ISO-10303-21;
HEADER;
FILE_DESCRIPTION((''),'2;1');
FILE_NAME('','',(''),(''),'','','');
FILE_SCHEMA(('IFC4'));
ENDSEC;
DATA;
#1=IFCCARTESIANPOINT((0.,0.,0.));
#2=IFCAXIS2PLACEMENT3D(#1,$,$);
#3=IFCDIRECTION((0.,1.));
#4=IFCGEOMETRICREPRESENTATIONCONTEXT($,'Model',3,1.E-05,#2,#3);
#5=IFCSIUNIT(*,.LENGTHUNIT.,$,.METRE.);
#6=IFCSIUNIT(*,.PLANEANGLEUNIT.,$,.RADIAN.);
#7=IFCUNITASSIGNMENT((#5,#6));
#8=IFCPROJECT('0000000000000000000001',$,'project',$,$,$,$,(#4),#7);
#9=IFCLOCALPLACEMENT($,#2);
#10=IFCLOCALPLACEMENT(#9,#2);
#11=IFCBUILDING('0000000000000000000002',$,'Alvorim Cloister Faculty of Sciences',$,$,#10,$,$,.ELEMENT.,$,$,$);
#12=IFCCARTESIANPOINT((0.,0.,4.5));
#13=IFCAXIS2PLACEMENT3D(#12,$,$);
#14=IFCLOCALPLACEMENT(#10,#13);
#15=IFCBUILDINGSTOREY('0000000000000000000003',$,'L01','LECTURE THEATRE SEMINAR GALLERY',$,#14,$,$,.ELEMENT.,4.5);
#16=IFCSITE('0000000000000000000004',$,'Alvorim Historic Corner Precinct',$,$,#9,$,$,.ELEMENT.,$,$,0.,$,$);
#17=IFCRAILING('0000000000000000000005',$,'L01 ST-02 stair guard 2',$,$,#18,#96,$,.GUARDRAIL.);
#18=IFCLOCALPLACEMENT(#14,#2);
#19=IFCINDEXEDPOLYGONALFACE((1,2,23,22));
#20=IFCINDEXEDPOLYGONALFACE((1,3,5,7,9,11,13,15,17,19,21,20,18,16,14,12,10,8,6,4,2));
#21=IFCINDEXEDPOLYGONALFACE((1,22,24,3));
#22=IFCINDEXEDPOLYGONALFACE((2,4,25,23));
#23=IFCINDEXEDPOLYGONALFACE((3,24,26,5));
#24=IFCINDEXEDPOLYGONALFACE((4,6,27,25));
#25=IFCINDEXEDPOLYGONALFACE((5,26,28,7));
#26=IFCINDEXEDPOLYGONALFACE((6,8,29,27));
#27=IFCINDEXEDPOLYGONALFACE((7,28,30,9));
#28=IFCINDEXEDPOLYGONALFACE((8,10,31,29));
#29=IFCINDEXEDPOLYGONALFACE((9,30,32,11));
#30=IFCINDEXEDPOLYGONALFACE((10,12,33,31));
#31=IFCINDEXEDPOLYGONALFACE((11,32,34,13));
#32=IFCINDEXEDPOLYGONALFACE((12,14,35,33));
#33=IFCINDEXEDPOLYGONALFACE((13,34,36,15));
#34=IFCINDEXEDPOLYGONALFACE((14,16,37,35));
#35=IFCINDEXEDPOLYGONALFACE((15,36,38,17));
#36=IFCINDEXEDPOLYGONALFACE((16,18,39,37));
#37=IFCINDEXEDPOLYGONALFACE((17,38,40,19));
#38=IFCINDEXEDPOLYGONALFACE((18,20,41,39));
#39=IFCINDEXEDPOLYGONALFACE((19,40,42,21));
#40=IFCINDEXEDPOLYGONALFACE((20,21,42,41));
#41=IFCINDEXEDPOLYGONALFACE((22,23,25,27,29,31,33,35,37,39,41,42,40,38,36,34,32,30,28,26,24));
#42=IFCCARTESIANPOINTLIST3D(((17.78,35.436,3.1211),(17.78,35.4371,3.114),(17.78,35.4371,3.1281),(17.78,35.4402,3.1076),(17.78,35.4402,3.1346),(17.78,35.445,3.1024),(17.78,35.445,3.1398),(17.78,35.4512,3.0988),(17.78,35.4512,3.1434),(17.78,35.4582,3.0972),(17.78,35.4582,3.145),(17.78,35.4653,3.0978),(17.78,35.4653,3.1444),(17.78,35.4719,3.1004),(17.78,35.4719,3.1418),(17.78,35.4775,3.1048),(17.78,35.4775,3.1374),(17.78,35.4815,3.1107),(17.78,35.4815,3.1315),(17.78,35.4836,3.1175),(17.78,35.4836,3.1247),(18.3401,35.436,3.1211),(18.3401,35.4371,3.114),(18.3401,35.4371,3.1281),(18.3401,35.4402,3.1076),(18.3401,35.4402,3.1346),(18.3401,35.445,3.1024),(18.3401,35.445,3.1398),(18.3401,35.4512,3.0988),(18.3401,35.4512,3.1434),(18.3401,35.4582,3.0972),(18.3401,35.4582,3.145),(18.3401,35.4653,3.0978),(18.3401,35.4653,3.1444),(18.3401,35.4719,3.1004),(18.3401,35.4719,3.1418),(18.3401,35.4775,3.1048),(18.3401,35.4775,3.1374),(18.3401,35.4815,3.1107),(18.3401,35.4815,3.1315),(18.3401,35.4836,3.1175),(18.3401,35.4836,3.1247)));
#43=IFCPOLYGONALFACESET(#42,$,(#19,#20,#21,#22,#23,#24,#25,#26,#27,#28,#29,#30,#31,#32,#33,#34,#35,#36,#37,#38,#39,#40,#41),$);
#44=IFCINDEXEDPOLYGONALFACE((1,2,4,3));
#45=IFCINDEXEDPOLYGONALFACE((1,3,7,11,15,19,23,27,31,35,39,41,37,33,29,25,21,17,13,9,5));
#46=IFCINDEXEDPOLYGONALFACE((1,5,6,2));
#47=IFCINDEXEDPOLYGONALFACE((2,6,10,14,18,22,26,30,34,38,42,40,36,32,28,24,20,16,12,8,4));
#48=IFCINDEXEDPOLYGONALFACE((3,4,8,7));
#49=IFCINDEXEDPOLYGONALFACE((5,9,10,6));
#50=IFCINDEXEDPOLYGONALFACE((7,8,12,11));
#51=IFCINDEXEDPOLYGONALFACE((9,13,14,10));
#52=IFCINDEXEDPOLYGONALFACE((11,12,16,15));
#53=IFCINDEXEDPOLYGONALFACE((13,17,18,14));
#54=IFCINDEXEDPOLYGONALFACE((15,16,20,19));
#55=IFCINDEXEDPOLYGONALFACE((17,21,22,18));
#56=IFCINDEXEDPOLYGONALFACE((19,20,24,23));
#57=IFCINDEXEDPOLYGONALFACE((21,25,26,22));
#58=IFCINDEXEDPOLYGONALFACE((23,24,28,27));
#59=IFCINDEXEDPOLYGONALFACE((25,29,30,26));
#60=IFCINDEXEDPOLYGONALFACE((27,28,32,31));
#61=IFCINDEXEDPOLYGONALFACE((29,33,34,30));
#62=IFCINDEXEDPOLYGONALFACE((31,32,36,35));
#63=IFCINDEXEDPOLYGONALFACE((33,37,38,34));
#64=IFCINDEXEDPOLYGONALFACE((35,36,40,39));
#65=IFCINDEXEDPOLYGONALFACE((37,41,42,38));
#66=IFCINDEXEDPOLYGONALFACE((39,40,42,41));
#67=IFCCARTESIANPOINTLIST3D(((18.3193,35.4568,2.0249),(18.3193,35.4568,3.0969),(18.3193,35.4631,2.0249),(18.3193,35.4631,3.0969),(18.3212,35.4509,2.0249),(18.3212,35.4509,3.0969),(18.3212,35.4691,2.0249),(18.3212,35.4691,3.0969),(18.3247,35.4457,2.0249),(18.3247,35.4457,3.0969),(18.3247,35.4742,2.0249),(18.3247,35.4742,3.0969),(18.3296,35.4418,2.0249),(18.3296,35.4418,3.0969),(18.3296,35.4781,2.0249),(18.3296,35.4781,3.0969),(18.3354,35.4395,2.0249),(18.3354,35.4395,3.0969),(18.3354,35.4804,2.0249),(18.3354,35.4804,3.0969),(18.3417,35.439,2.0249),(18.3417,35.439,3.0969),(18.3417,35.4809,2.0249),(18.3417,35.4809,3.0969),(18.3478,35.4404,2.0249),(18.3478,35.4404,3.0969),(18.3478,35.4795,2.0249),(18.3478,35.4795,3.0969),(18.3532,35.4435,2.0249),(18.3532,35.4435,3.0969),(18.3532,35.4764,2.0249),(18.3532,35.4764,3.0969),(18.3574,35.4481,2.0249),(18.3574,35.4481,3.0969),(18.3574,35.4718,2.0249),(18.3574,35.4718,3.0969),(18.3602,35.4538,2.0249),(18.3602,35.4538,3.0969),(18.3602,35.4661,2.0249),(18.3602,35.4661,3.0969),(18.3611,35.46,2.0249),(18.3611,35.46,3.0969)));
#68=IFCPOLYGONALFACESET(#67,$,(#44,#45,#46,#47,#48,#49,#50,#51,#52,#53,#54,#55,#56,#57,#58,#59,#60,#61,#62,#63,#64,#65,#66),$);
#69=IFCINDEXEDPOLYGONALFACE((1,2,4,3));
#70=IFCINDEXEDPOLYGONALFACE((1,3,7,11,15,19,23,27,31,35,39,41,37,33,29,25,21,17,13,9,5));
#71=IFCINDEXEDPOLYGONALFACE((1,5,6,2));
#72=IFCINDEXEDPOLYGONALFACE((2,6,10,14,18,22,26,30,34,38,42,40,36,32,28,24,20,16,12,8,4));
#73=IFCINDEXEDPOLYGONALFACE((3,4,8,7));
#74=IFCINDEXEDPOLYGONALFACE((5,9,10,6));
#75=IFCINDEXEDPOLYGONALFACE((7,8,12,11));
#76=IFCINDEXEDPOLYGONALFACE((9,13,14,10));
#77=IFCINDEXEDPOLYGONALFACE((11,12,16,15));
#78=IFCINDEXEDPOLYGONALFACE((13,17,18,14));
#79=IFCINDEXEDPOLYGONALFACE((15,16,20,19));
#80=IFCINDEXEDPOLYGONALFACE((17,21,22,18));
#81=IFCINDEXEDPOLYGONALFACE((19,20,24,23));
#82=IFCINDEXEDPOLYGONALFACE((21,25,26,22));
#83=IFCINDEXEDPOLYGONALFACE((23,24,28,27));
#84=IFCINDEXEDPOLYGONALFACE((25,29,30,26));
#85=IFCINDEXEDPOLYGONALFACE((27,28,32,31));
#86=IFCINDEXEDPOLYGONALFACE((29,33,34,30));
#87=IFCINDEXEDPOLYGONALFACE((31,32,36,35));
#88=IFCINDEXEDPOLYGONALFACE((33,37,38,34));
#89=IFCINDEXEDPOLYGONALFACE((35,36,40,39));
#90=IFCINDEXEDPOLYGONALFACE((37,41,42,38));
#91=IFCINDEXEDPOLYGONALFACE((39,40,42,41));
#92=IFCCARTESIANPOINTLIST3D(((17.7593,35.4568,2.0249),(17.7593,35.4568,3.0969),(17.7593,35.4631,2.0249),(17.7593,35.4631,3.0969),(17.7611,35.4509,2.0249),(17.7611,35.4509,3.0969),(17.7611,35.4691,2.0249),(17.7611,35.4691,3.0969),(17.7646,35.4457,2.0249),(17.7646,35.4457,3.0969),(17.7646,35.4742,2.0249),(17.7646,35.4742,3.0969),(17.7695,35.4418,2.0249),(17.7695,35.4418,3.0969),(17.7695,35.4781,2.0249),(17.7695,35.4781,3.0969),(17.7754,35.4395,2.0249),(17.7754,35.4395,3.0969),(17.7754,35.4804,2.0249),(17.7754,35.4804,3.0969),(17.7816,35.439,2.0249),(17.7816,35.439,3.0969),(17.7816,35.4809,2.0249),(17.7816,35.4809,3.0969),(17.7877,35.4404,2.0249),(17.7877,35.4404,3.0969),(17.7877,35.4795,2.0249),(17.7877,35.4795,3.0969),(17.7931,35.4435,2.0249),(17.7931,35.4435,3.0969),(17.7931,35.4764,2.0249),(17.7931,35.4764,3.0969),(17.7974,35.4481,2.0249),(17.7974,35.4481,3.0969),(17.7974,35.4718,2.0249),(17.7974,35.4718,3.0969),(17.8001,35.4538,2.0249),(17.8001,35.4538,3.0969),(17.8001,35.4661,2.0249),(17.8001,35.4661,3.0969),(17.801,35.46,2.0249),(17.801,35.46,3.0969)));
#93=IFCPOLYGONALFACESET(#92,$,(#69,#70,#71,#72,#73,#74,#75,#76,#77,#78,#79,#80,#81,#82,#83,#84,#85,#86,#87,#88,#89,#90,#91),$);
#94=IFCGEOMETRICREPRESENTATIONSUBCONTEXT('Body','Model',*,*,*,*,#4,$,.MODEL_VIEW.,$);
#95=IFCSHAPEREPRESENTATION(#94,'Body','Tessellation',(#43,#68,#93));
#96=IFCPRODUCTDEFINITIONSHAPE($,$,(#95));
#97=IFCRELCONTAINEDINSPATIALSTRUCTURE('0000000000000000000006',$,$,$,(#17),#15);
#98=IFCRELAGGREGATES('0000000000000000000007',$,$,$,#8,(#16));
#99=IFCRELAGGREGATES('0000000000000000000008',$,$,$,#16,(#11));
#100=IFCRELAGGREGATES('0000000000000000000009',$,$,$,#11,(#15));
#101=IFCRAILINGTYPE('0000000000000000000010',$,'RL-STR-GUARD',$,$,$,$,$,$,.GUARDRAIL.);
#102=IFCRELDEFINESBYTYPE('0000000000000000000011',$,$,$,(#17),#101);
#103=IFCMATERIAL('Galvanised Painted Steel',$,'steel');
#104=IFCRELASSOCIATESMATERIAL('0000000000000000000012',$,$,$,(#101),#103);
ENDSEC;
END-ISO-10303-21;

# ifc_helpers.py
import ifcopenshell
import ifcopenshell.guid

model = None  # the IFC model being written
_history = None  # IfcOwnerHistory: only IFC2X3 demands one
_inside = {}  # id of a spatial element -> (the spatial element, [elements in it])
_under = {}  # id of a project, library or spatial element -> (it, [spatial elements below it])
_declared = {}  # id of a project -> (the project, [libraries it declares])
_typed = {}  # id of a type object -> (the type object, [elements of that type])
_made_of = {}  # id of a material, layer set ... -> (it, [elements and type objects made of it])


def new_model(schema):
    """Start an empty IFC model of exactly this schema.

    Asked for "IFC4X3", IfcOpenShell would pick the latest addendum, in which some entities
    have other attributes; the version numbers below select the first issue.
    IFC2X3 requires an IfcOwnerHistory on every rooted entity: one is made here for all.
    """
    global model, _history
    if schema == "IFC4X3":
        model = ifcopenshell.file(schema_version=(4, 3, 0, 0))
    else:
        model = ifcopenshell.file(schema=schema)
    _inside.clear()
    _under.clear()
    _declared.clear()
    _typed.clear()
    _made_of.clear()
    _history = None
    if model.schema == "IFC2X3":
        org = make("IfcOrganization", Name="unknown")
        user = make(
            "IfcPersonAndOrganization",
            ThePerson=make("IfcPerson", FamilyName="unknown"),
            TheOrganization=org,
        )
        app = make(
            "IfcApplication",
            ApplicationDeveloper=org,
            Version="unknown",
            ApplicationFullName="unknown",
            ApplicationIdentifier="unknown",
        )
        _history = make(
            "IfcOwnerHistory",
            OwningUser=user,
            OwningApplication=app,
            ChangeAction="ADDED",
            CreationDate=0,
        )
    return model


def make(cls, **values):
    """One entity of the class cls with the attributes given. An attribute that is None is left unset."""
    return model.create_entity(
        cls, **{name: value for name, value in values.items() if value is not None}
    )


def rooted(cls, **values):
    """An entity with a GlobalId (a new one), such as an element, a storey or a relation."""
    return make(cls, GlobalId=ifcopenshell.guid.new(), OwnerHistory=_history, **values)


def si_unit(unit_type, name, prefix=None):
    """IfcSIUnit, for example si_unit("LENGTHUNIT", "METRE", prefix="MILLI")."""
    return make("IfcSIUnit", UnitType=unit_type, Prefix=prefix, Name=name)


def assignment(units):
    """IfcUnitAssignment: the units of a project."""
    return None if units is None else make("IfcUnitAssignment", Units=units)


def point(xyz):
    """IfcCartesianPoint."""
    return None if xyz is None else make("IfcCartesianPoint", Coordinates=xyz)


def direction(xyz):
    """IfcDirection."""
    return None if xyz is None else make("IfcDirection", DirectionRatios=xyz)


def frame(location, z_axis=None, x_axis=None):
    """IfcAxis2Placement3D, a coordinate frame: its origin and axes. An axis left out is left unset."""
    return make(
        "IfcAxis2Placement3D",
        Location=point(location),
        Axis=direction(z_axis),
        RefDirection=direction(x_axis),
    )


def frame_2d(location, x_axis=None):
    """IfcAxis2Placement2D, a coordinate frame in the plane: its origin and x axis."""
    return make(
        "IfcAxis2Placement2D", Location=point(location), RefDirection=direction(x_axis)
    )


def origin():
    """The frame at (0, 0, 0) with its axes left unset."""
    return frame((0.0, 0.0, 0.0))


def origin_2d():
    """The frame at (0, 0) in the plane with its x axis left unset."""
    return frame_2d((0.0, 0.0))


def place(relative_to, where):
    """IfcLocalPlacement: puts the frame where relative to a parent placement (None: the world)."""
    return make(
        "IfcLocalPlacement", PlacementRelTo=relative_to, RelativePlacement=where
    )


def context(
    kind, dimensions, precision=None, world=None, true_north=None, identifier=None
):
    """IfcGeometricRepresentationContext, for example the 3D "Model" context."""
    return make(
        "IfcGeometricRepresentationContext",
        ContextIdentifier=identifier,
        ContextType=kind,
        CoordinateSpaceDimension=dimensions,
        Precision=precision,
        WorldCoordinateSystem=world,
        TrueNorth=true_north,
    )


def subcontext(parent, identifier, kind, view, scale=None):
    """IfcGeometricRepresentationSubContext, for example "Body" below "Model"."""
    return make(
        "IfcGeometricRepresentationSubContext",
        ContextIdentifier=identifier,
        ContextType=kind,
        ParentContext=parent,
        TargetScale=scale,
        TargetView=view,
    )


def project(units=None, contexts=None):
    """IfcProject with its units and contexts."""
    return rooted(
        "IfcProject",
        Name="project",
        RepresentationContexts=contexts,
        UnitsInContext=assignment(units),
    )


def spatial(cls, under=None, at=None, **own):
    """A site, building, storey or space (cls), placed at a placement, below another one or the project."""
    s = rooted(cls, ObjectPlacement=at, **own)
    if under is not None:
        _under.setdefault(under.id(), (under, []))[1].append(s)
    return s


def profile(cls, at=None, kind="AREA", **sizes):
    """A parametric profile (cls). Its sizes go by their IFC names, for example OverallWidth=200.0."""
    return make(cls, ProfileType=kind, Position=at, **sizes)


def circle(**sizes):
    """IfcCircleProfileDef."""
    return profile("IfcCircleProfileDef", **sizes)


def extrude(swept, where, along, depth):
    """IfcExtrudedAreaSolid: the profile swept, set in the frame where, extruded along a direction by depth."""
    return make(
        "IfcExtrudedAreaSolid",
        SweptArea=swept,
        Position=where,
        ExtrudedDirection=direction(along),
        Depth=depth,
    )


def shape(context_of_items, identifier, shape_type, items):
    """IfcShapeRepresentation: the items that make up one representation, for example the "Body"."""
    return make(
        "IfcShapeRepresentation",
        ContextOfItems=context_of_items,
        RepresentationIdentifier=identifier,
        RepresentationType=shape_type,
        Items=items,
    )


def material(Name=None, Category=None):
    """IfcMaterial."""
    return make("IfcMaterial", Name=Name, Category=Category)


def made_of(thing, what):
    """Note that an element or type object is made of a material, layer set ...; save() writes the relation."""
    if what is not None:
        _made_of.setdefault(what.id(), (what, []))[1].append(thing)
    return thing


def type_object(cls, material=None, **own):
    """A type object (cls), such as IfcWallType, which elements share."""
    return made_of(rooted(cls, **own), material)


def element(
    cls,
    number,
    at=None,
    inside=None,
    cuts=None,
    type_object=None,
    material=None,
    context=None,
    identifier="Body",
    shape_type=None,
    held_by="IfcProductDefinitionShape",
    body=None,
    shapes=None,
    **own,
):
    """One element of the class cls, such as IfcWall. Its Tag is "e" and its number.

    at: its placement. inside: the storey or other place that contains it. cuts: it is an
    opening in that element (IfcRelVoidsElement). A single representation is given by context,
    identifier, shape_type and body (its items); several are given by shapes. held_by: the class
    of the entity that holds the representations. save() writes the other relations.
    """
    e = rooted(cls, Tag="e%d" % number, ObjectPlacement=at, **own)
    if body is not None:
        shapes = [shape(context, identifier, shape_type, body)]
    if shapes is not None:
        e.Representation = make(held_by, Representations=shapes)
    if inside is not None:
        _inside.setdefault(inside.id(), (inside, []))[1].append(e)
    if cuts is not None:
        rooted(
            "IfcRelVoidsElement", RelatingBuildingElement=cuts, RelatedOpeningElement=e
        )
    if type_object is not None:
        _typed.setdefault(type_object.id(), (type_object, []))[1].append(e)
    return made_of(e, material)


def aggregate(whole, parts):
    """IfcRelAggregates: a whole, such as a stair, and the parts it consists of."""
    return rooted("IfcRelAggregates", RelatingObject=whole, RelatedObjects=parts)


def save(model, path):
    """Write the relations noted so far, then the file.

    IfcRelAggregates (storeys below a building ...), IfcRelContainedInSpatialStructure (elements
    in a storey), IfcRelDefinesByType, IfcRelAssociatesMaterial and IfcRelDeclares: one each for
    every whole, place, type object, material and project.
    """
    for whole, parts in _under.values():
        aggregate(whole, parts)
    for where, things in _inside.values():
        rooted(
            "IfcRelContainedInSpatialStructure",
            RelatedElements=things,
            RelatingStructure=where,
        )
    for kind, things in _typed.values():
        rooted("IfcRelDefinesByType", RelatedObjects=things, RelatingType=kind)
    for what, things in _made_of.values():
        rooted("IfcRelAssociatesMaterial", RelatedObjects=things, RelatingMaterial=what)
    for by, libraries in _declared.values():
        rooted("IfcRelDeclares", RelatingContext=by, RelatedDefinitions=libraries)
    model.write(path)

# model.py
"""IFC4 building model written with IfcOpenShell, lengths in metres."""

from ifc_helpers import new_model, si_unit, direction, frame, origin, origin_2d, place, context, subcontext, project, spatial, circle, extrude, material, type_object, element, save


model = new_model("IFC4")

# Units and contexts
model_context = context("Model", 3, precision=1e-05, world=origin(), true_north=direction((0.0, 1.0)))
body_context = subcontext(model_context, "Body", "Model", "MODEL_VIEW")
ifc_project = project(units=[si_unit("LENGTHUNIT", "METRE"), si_unit("PLANEANGLEUNIT", "RADIAN")], contexts=[model_context])

# Site, building, storey
site_placement = place(None, origin())
site = spatial("IfcSite", under=ifc_project, at=site_placement, Name="Alvorim Historic Corner Precinct", CompositionType="ELEMENT", RefElevation=0.0)
building_placement = place(site_placement, origin())
building = spatial("IfcBuilding", under=site, at=building_placement, Name="Alvorim Cloister Faculty of Sciences", CompositionType="ELEMENT")
storey_placement = place(building_placement, frame((0.0, 0.0, 4.5)))
storey = spatial("IfcBuildingStorey", under=building, at=storey_placement, Name="L01", Description="LECTURE THEATRE SEMINAR GALLERY", CompositionType="ELEMENT", Elevation=4.5)

# Railing
ifc_material_1 = material(Name="Galvanised Painted Steel", Category="steel")
railing_type_1 = type_object("IfcRailingType", Name="RL-STR-GUARD", PredefinedType="GUARDRAIL", material=ifc_material_1)
railing_1_placement = place(storey_placement, frame((18.3401, 35.46, 2.0249)))
element("IfcRailing", 1, at=railing_1_placement, inside=storey, type_object=railing_type_1, Name="L01 ST-02 stair guard 2", PredefinedType="GUARDRAIL", context=body_context, shape_type="SweptSolid", body=[
    extrude(circle(Radius=0.0239, at=origin_2d()), frame((0.0, 0.0, 1.0962), z_axis=(-1.0, 0.0, 0.0), x_axis=(0.0, -1.0, 0.0)), (0.0, 0.0, 1.0), 0.5601),
    extrude(circle(Radius=0.021, at=origin_2d()), origin(), (0.0, 0.0, 1.0), 1.072),
    extrude(circle(Radius=0.021, at=origin_2d()), frame((-0.5601, 0.0, 0.0)), (0.0, 0.0, 1.0), 1.072),
])

save(model, "model.ifc")
